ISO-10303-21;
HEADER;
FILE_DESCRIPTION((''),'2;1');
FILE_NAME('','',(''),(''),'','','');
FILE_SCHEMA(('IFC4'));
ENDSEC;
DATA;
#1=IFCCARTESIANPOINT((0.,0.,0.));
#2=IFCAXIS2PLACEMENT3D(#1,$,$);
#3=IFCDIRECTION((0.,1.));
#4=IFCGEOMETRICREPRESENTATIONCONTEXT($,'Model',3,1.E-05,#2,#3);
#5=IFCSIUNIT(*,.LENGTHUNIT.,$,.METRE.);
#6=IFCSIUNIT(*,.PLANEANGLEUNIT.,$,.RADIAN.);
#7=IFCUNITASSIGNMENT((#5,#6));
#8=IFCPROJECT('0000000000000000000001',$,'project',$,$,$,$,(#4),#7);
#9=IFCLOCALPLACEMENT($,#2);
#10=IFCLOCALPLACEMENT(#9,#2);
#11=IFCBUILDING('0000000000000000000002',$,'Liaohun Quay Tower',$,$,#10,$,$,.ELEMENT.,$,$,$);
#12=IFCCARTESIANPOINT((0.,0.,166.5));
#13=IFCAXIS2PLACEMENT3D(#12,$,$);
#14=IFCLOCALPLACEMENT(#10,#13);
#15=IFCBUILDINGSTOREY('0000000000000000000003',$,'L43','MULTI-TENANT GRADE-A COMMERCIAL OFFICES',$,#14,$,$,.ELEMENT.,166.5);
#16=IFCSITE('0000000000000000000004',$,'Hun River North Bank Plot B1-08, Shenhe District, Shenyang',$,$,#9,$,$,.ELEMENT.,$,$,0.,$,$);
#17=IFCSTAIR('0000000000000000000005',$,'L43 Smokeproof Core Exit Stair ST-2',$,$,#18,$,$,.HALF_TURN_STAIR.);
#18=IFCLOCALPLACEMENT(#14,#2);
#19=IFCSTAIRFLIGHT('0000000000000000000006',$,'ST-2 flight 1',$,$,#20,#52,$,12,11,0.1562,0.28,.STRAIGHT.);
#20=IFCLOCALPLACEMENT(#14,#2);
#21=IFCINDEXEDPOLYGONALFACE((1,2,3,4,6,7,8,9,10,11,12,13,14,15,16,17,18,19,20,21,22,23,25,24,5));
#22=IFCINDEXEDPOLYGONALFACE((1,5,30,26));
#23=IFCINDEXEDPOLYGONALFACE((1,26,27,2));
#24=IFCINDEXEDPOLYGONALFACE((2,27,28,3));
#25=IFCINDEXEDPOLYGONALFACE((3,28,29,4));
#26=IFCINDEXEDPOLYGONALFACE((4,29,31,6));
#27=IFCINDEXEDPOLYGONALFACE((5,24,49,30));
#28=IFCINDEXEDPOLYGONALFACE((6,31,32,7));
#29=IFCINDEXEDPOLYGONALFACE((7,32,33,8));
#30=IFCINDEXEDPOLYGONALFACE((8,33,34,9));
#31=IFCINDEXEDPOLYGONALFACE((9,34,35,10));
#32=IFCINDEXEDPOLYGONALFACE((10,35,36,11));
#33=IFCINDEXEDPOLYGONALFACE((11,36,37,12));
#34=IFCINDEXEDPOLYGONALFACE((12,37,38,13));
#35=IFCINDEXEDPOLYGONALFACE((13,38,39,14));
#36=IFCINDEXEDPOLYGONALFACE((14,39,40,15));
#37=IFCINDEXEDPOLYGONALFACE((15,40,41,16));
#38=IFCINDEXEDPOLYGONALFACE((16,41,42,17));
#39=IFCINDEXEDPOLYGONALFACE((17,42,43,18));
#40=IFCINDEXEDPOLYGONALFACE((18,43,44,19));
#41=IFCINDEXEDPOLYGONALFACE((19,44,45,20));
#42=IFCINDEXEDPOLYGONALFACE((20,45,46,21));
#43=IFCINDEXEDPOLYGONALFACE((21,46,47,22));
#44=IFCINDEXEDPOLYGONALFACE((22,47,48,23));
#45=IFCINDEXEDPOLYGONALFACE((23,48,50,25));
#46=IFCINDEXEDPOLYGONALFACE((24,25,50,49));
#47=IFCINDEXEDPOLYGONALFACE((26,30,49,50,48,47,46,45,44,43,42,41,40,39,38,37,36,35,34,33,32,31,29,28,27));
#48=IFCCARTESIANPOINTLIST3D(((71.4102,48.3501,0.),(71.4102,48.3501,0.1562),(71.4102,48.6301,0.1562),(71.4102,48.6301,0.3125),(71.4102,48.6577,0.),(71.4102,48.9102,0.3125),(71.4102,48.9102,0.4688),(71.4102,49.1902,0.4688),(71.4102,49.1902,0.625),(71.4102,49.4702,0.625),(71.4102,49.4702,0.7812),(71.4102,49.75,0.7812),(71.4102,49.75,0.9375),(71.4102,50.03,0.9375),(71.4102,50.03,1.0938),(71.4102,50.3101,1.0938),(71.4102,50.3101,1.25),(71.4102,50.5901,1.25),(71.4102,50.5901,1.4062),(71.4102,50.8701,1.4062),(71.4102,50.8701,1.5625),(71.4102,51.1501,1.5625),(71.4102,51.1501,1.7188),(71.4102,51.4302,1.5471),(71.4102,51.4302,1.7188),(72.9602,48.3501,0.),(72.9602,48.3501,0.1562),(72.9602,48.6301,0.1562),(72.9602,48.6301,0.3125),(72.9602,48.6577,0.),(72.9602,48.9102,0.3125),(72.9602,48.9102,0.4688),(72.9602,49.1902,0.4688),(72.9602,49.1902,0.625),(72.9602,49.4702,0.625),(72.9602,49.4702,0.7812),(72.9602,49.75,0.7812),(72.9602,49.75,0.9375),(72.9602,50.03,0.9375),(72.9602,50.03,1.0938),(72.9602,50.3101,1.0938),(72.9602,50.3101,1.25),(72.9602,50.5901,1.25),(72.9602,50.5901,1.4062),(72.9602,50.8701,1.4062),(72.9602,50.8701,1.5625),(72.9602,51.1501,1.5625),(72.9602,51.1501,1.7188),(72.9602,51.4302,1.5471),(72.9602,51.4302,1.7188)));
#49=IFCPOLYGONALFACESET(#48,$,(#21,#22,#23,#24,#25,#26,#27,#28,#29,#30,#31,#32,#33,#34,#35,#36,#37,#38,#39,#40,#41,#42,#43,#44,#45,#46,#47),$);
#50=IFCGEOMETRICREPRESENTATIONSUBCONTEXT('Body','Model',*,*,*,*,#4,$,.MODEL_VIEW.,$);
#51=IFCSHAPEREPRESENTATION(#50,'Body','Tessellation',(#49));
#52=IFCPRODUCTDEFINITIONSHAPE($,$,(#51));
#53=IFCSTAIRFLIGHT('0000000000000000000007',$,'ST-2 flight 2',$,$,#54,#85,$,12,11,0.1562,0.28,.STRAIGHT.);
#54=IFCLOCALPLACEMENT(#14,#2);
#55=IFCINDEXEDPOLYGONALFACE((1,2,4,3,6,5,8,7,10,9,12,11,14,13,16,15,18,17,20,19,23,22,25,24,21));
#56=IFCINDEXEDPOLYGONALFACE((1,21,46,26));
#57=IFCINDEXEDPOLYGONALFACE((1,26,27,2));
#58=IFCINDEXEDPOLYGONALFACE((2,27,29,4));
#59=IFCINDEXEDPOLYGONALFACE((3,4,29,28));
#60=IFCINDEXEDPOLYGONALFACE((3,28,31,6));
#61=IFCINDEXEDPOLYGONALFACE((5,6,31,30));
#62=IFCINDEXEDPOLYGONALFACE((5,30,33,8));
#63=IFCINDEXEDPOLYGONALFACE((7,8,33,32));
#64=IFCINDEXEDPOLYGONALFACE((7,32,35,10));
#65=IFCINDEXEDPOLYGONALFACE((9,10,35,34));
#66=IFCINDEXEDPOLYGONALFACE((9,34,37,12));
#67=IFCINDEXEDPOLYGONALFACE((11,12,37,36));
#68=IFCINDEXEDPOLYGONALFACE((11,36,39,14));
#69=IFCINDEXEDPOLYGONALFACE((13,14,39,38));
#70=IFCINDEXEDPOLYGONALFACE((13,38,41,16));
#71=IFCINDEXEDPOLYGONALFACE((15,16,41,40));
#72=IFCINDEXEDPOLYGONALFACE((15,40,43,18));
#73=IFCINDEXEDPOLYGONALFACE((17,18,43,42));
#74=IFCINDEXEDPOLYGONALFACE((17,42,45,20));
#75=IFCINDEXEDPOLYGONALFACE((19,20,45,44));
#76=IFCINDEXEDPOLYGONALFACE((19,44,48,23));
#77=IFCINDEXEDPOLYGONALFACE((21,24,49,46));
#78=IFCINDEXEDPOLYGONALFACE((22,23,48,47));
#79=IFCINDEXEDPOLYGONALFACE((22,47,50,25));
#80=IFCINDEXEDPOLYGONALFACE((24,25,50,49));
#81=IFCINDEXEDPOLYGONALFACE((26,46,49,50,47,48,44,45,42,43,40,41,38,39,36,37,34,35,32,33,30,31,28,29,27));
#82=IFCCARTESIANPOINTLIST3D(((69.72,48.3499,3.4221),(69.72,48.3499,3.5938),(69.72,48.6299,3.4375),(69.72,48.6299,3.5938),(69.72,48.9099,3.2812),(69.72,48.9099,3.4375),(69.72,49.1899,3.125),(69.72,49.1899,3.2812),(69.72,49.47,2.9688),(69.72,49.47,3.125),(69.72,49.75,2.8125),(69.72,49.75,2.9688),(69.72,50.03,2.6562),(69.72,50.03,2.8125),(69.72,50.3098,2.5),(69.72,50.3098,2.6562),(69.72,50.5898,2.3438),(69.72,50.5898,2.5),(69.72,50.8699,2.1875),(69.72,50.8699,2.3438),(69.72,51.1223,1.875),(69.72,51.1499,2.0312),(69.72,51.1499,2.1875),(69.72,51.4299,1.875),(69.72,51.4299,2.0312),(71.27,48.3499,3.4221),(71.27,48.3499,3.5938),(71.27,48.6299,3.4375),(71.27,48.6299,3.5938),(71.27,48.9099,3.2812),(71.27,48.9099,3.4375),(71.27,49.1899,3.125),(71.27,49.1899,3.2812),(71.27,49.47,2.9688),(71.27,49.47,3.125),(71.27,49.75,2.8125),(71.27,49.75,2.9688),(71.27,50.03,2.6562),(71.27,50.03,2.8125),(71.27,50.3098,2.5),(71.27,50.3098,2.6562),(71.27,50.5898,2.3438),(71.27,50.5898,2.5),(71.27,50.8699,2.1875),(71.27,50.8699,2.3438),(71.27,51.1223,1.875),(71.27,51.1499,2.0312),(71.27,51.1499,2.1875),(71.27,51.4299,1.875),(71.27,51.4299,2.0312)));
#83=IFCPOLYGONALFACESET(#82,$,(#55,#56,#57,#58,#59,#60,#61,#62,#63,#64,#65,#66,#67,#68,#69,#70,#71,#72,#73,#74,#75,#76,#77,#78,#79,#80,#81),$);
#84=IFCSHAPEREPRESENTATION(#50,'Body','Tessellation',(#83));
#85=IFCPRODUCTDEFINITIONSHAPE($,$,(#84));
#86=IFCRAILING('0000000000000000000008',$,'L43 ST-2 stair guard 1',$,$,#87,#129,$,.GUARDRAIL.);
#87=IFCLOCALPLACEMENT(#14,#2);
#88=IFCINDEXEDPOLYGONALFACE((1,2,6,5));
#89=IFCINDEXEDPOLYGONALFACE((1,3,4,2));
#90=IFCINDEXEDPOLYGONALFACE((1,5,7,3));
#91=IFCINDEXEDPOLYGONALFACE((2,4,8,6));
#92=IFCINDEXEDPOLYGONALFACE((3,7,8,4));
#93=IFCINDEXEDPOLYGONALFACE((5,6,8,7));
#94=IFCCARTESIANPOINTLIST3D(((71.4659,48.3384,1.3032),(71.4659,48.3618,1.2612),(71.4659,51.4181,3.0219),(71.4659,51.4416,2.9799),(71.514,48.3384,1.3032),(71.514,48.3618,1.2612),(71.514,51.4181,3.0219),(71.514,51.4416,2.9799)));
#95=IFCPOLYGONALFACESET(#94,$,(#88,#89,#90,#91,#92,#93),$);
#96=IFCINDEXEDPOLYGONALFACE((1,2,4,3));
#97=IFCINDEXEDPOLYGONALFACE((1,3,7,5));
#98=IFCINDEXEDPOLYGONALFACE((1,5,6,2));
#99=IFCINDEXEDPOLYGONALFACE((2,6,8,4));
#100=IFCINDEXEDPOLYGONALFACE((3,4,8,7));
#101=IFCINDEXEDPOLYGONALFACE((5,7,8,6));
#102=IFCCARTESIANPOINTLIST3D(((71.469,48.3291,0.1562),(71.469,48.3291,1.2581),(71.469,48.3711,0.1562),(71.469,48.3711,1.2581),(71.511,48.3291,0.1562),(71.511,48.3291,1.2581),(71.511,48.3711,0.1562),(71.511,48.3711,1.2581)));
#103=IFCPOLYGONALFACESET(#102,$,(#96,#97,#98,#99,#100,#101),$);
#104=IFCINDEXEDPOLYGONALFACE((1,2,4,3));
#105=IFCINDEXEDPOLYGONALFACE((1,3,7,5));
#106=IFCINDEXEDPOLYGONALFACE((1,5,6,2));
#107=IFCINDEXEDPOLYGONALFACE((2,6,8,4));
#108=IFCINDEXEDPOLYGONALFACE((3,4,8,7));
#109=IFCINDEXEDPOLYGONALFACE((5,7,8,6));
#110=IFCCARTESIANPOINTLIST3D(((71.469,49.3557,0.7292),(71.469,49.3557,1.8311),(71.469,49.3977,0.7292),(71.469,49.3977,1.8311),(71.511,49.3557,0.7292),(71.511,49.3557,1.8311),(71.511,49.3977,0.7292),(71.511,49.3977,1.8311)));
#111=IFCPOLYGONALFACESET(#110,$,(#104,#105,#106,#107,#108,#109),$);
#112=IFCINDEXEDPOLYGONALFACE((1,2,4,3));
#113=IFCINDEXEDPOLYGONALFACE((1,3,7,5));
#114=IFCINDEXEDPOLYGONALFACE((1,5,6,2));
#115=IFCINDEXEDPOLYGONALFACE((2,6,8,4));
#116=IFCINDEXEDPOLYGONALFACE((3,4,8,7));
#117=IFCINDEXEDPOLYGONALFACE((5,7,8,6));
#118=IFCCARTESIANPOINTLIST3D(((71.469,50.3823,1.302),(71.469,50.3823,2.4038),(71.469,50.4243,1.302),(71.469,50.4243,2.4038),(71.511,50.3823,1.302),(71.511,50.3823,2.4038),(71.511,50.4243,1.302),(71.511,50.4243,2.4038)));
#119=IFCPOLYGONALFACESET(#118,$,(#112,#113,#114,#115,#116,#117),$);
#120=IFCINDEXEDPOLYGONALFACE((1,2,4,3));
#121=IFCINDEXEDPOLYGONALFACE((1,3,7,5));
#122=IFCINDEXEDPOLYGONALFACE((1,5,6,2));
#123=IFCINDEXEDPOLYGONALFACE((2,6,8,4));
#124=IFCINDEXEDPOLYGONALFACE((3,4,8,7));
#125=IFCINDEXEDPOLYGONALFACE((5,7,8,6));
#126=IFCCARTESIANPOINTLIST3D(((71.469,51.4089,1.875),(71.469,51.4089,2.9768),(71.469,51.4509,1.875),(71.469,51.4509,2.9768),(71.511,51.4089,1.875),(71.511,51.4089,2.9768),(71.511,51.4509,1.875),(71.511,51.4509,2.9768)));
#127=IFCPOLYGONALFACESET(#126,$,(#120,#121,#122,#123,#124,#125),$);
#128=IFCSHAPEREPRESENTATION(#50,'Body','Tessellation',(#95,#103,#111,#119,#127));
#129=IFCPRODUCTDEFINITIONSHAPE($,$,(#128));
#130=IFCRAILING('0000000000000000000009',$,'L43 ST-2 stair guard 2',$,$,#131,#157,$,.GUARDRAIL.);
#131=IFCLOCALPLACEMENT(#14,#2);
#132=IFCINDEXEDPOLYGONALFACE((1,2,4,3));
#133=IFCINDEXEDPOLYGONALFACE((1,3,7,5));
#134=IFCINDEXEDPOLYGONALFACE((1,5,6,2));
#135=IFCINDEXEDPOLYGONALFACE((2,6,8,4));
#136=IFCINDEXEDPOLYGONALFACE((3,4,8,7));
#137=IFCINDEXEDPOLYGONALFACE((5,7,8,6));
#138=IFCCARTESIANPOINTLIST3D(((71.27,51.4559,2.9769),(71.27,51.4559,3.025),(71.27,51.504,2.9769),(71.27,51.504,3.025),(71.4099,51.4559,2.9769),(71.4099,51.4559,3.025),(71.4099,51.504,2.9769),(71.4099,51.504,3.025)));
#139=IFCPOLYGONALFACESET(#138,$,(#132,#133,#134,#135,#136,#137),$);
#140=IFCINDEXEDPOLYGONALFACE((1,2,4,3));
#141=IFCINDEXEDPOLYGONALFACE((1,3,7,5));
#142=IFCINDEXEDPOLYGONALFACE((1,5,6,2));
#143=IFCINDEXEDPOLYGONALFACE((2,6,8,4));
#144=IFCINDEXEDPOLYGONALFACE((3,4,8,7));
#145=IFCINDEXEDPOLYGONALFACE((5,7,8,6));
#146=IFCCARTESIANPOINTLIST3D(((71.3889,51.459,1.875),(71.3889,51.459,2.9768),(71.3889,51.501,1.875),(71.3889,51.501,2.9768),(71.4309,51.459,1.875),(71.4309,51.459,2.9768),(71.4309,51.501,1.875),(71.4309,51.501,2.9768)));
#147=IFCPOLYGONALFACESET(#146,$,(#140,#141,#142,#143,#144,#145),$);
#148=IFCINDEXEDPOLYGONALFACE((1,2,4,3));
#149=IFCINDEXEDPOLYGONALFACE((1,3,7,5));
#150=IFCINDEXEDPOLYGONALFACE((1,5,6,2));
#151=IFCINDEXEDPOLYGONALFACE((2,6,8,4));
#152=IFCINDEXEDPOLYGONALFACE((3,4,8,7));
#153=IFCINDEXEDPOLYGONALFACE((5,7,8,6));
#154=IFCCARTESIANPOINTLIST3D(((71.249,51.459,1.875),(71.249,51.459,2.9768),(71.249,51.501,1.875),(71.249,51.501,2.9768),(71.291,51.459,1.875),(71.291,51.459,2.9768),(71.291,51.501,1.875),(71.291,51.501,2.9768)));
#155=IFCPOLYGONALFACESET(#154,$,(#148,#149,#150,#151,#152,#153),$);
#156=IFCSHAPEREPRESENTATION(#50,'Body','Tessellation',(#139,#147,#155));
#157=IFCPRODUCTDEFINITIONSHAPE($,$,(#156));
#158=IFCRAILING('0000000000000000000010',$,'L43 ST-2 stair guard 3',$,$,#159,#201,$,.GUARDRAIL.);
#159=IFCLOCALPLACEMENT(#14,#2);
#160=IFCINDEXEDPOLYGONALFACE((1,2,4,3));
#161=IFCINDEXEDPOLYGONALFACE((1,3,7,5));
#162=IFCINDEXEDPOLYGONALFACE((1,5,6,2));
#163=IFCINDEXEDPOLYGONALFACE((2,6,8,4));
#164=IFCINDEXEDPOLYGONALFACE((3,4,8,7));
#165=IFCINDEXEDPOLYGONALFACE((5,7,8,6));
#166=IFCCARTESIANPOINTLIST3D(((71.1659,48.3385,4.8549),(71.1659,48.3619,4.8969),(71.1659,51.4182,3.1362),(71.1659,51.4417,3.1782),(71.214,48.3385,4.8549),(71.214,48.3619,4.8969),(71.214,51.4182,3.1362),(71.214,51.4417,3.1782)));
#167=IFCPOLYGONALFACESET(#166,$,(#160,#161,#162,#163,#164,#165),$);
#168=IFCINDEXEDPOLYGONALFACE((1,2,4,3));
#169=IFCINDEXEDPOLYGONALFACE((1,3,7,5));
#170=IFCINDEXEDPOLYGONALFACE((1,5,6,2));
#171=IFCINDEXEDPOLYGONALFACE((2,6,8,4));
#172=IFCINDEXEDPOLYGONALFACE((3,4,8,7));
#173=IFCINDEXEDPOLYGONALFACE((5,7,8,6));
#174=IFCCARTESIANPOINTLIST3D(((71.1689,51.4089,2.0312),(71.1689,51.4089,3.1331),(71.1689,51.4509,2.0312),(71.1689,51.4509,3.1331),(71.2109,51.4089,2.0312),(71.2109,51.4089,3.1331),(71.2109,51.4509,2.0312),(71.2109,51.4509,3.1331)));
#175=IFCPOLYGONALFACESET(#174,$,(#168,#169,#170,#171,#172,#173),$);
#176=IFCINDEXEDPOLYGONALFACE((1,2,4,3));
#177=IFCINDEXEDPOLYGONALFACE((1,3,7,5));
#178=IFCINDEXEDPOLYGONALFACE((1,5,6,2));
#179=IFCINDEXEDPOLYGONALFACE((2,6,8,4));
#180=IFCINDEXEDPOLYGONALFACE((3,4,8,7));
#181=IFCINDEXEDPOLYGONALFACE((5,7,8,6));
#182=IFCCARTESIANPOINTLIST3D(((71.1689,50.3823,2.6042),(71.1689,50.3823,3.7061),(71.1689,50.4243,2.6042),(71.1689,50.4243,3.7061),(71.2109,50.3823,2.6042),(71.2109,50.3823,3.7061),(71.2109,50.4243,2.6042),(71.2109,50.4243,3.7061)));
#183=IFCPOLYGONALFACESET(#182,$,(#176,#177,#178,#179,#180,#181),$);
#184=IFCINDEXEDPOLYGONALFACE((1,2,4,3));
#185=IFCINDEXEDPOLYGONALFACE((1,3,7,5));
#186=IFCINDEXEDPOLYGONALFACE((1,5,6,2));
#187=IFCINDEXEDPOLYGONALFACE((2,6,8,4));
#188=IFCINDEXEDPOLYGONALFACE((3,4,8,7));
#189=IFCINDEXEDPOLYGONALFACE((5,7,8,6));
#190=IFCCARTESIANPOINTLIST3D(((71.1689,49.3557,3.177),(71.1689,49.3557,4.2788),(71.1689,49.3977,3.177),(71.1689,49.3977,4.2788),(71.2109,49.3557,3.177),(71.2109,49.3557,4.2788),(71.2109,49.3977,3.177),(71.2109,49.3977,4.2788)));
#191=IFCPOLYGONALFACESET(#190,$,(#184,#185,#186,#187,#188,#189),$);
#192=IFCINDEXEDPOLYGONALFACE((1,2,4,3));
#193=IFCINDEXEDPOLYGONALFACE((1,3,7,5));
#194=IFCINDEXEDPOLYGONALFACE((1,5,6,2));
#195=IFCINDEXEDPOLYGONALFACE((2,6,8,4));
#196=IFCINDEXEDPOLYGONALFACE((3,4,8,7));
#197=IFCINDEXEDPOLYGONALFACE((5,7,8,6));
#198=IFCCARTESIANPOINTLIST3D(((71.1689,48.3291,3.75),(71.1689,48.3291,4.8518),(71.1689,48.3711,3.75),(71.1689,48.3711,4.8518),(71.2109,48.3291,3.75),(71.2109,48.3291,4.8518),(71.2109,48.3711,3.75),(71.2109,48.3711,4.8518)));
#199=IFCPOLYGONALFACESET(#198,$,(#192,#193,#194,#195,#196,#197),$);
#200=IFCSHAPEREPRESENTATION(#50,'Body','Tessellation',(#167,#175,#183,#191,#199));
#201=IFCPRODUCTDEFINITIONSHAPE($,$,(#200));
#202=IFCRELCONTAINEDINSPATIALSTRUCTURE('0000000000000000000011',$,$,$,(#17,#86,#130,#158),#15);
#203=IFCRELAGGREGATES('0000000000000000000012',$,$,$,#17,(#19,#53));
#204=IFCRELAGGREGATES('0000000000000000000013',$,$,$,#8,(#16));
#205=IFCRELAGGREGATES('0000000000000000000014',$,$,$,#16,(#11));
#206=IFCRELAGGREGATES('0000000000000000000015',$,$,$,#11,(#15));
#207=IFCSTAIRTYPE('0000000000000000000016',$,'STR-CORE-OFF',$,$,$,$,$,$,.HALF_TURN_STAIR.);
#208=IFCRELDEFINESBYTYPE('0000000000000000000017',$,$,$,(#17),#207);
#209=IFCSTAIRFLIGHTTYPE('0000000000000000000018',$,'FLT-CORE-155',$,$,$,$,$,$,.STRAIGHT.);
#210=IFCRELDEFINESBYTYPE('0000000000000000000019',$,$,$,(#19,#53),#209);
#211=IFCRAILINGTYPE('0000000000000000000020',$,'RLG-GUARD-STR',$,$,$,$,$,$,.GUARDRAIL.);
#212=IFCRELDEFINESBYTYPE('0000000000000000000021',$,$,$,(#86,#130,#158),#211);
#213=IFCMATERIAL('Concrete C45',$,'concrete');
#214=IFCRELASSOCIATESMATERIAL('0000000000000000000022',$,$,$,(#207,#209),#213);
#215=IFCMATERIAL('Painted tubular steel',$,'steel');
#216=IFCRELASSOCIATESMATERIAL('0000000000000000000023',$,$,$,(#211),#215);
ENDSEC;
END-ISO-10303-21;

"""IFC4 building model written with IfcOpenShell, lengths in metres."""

from ifc_helpers import new_model, si_unit, direction, frame, origin, origin_2d, place, context, subcontext, project, spatial, polyline, rectangle, outline, extrude, material, type_object, element, aggregate, save


model = new_model("IFC4")

# Units and contexts
model_context = context("Model", 3, precision=1e-05, world=origin(), true_north=direction((0.0, 1.0)))
body_context = subcontext(model_context, "Body", "Model", "MODEL_VIEW")
ifc_project = project(units=[si_unit("LENGTHUNIT", "METRE"), si_unit("PLANEANGLEUNIT", "RADIAN")], contexts=[model_context])

# Site, building, storey
site_placement = place(None, origin())
site = spatial("IfcSite", under=ifc_project, at=site_placement, Name="Hun River North Bank Plot B1-08, Shenhe District, Shenyang", CompositionType="ELEMENT", RefElevation=0.0)
building_placement = place(site_placement, origin())
building = spatial("IfcBuilding", under=site, at=building_placement, Name="Liaohun Quay Tower", CompositionType="ELEMENT")
storey_placement = place(building_placement, frame((0.0, 0.0, 166.5)))
storey = spatial("IfcBuildingStorey", under=building, at=storey_placement, Name="L43", Description="MULTI-TENANT GRADE-A COMMERCIAL OFFICES", CompositionType="ELEMENT", Elevation=166.5)

# Stair, stair flights
ifc_material_1 = material(Name="Concrete C45", Category="concrete")
stair_type = type_object("IfcStairType", Name="STR-CORE-OFF", PredefinedType="HALF_TURN_STAIR", material=ifc_material_1)
stair_placement = place(storey_placement, origin())
stair = element("IfcStair", 1, at=stair_placement, inside=storey, type_object=stair_type, Name="L43 Smokeproof Core Exit Stair ST-2", PredefinedType="HALF_TURN_STAIR")
stair_flight_type = type_object("IfcStairFlightType", Name="FLT-CORE-155", PredefinedType="STRAIGHT", material=ifc_material_1)
stair_flight_1_placement = place(storey_placement, frame((72.1851, 48.3501, 0.0), z_axis=(0.0, 0.0, 1.0), x_axis=(0.0, 1.0, 0.0)))
stair_flight_1 = element("IfcStairFlight", 2, at=stair_flight_1_placement, type_object=stair_flight_type, Name="ST-2 flight 1", NumberOfRisers=12, NumberOfTreads=11, PredefinedType="STRAIGHT", RiserHeight=0.1562, TreadLength=0.28, context=body_context, shape_type="SweptSolid", body=[
    extrude(outline(polyline([(0.0, 0.0), (0.0, 0.1562), (0.28, 0.1562), (0.28, 0.3125), (0.5601, 0.3125), (0.5601, 0.4688), (0.8401, 0.4688), (0.8401, 0.625), (1.1201, 0.625), (1.1201, 0.7812), (1.3999, 0.7812), (1.3999, 0.9375), (1.6799, 0.9375), (1.6799, 1.0938), (1.96, 1.0938), (1.96, 1.25), (2.24, 1.25), (2.24, 1.4062), (2.52, 1.4062), (2.52, 1.5625), (2.8, 1.5625), (2.8, 1.7188), (3.0801, 1.7188), (3.0801, 1.875), (3.0801, 1.5471), (0.3076, 0.0), (0.0, 0.0)])), frame((0.0, 0.7749, 0.0), z_axis=(0.0, -1.0, 0.0), x_axis=(1.0, 0.0, 0.0)), (0.0, 0.0, 1.0), 1.55),
])
stair_flight_2_placement = place(storey_placement, frame((70.4951, 51.4299, 1.875), z_axis=(0.0, 0.0, 1.0), x_axis=(0.0, -1.0, 0.0)))
stair_flight_2 = element("IfcStairFlight", 3, at=stair_flight_2_placement, type_object=stair_flight_type, Name="ST-2 flight 2", NumberOfRisers=12, NumberOfTreads=11, PredefinedType="STRAIGHT", RiserHeight=0.1562, TreadLength=0.28, context=body_context, shape_type="SweptSolid", body=[
    extrude(outline(polyline([(0.0, 0.0), (0.0, 0.1562), (0.28, 0.1562), (0.28, 0.3125), (0.5601, 0.3125), (0.5601, 0.4688), (0.8401, 0.4688), (0.8401, 0.625), (1.1201, 0.625), (1.1201, 0.7812), (1.3999, 0.7812), (1.3999, 0.9375), (1.6799, 0.9375), (1.6799, 1.0938), (1.96, 1.0938), (1.96, 1.25), (2.24, 1.25), (2.24, 1.4062), (2.52, 1.4062), (2.52, 1.5625), (2.8, 1.5625), (2.8, 1.7188), (3.0801, 1.7188), (3.0801, 1.875), (3.0801, 1.5471), (0.3076, 0.0), (0.0, 0.0)])), frame((0.0, 0.7749, 0.0), z_axis=(0.0, -1.0, 0.0), x_axis=(1.0, 0.0, 0.0)), (0.0, 0.0, 1.0), 1.55),
])
aggregate(stair, [stair_flight_1, stair_flight_2])

# Railings
ifc_material_2 = material(Name="Painted tubular steel", Category="steel")
railing_type_1 = type_object("IfcRailingType", Name="RLG-GUARD-STR", PredefinedType="GUARDRAIL", material=ifc_material_2)
railing_1_placement = place(storey_placement, frame((71.49, 48.3501, 0.1562)))
element("IfcRailing", 4, at=railing_1_placement, inside=storey, type_object=railing_type_1, Name="L43 ST-2 stair guard 1", PredefinedType="GUARDRAIL", context=body_context, shape_type="SweptSolid", body=[
    extrude(rectangle(XDim=0.0481, YDim=0.0481, at=origin_2d()), frame((0.0, 0.0, 1.126), z_axis=(0.0, 0.873225, 0.487317), x_axis=(-1.0, 0.0, 0.0)), (0.0, 0.0, 1.0), 3.5269),
    extrude(rectangle(XDim=0.042, YDim=0.042, at=origin_2d()), origin(), (0.0, 0.0, 1.0), 1.1018),
    extrude(rectangle(XDim=0.042, YDim=0.042, at=origin_2d()), frame((0.0, 1.0266, 0.573)), (0.0, 0.0, 1.0), 1.1018),
    extrude(rectangle(XDim=0.042, YDim=0.042, at=origin_2d()), frame((0.0, 2.0532, 1.1458)), (0.0, 0.0, 1.0), 1.1018),
    extrude(rectangle(XDim=0.042, YDim=0.042, at=origin_2d()), frame((0.0, 3.0798, 1.7188)), (0.0, 0.0, 1.0), 1.1018),
])
railing_2_placement = place(storey_placement, frame((71.4099, 51.48, 1.875)))
element("IfcRailing", 5, at=railing_2_placement, inside=storey, type_object=railing_type_1, Name="L43 ST-2 stair guard 2", PredefinedType="GUARDRAIL", context=body_context, shape_type="SweptSolid", body=[
    extrude(rectangle(XDim=0.0481, YDim=0.0481, at=origin_2d()), frame((0.0, 0.0, 1.126), z_axis=(-1.0, 0.0, 0.0), x_axis=(0.0, -1.0, 0.0)), (0.0, 0.0, 1.0), 0.1399),
    extrude(rectangle(XDim=0.042, YDim=0.042, at=origin_2d()), origin(), (0.0, 0.0, 1.0), 1.1018),
    extrude(rectangle(XDim=0.042, YDim=0.042, at=origin_2d()), frame((-0.1399, 0.0, 0.0)), (0.0, 0.0, 1.0), 1.1018),
])
railing_3_placement = place(storey_placement, frame((71.1899, 51.4299, 2.0312)))
element("IfcRailing", 6, at=railing_3_placement, inside=storey, type_object=railing_type_1, Name="L43 ST-2 stair guard 3", PredefinedType="GUARDRAIL", context=body_context, shape_type="SweptSolid", body=[
    extrude(rectangle(XDim=0.0481, YDim=0.0481, at=origin_2d()), frame((0.0, 0.0, 1.126), z_axis=(0.0, -0.873225, 0.487317), x_axis=(1.0, 0.0, 0.0)), (0.0, 0.0, 1.0), 3.5269),
    extrude(rectangle(XDim=0.042, YDim=0.042, at=origin_2d()), origin(), (0.0, 0.0, 1.0), 1.1018),
    extrude(rectangle(XDim=0.042, YDim=0.042, at=origin_2d()), frame((0.0, -1.0266, 0.573)), (0.0, 0.0, 1.0), 1.1018),
    extrude(rectangle(XDim=0.042, YDim=0.042, at=origin_2d()), frame((0.0, -2.0532, 1.1458)), (0.0, 0.0, 1.0), 1.1018),
    extrude(rectangle(XDim=0.042, YDim=0.042, at=origin_2d()), frame((0.0, -3.0798, 1.7188)), (0.0, 0.0, 1.0), 1.1018),
])

save(model, "model.ifc")
